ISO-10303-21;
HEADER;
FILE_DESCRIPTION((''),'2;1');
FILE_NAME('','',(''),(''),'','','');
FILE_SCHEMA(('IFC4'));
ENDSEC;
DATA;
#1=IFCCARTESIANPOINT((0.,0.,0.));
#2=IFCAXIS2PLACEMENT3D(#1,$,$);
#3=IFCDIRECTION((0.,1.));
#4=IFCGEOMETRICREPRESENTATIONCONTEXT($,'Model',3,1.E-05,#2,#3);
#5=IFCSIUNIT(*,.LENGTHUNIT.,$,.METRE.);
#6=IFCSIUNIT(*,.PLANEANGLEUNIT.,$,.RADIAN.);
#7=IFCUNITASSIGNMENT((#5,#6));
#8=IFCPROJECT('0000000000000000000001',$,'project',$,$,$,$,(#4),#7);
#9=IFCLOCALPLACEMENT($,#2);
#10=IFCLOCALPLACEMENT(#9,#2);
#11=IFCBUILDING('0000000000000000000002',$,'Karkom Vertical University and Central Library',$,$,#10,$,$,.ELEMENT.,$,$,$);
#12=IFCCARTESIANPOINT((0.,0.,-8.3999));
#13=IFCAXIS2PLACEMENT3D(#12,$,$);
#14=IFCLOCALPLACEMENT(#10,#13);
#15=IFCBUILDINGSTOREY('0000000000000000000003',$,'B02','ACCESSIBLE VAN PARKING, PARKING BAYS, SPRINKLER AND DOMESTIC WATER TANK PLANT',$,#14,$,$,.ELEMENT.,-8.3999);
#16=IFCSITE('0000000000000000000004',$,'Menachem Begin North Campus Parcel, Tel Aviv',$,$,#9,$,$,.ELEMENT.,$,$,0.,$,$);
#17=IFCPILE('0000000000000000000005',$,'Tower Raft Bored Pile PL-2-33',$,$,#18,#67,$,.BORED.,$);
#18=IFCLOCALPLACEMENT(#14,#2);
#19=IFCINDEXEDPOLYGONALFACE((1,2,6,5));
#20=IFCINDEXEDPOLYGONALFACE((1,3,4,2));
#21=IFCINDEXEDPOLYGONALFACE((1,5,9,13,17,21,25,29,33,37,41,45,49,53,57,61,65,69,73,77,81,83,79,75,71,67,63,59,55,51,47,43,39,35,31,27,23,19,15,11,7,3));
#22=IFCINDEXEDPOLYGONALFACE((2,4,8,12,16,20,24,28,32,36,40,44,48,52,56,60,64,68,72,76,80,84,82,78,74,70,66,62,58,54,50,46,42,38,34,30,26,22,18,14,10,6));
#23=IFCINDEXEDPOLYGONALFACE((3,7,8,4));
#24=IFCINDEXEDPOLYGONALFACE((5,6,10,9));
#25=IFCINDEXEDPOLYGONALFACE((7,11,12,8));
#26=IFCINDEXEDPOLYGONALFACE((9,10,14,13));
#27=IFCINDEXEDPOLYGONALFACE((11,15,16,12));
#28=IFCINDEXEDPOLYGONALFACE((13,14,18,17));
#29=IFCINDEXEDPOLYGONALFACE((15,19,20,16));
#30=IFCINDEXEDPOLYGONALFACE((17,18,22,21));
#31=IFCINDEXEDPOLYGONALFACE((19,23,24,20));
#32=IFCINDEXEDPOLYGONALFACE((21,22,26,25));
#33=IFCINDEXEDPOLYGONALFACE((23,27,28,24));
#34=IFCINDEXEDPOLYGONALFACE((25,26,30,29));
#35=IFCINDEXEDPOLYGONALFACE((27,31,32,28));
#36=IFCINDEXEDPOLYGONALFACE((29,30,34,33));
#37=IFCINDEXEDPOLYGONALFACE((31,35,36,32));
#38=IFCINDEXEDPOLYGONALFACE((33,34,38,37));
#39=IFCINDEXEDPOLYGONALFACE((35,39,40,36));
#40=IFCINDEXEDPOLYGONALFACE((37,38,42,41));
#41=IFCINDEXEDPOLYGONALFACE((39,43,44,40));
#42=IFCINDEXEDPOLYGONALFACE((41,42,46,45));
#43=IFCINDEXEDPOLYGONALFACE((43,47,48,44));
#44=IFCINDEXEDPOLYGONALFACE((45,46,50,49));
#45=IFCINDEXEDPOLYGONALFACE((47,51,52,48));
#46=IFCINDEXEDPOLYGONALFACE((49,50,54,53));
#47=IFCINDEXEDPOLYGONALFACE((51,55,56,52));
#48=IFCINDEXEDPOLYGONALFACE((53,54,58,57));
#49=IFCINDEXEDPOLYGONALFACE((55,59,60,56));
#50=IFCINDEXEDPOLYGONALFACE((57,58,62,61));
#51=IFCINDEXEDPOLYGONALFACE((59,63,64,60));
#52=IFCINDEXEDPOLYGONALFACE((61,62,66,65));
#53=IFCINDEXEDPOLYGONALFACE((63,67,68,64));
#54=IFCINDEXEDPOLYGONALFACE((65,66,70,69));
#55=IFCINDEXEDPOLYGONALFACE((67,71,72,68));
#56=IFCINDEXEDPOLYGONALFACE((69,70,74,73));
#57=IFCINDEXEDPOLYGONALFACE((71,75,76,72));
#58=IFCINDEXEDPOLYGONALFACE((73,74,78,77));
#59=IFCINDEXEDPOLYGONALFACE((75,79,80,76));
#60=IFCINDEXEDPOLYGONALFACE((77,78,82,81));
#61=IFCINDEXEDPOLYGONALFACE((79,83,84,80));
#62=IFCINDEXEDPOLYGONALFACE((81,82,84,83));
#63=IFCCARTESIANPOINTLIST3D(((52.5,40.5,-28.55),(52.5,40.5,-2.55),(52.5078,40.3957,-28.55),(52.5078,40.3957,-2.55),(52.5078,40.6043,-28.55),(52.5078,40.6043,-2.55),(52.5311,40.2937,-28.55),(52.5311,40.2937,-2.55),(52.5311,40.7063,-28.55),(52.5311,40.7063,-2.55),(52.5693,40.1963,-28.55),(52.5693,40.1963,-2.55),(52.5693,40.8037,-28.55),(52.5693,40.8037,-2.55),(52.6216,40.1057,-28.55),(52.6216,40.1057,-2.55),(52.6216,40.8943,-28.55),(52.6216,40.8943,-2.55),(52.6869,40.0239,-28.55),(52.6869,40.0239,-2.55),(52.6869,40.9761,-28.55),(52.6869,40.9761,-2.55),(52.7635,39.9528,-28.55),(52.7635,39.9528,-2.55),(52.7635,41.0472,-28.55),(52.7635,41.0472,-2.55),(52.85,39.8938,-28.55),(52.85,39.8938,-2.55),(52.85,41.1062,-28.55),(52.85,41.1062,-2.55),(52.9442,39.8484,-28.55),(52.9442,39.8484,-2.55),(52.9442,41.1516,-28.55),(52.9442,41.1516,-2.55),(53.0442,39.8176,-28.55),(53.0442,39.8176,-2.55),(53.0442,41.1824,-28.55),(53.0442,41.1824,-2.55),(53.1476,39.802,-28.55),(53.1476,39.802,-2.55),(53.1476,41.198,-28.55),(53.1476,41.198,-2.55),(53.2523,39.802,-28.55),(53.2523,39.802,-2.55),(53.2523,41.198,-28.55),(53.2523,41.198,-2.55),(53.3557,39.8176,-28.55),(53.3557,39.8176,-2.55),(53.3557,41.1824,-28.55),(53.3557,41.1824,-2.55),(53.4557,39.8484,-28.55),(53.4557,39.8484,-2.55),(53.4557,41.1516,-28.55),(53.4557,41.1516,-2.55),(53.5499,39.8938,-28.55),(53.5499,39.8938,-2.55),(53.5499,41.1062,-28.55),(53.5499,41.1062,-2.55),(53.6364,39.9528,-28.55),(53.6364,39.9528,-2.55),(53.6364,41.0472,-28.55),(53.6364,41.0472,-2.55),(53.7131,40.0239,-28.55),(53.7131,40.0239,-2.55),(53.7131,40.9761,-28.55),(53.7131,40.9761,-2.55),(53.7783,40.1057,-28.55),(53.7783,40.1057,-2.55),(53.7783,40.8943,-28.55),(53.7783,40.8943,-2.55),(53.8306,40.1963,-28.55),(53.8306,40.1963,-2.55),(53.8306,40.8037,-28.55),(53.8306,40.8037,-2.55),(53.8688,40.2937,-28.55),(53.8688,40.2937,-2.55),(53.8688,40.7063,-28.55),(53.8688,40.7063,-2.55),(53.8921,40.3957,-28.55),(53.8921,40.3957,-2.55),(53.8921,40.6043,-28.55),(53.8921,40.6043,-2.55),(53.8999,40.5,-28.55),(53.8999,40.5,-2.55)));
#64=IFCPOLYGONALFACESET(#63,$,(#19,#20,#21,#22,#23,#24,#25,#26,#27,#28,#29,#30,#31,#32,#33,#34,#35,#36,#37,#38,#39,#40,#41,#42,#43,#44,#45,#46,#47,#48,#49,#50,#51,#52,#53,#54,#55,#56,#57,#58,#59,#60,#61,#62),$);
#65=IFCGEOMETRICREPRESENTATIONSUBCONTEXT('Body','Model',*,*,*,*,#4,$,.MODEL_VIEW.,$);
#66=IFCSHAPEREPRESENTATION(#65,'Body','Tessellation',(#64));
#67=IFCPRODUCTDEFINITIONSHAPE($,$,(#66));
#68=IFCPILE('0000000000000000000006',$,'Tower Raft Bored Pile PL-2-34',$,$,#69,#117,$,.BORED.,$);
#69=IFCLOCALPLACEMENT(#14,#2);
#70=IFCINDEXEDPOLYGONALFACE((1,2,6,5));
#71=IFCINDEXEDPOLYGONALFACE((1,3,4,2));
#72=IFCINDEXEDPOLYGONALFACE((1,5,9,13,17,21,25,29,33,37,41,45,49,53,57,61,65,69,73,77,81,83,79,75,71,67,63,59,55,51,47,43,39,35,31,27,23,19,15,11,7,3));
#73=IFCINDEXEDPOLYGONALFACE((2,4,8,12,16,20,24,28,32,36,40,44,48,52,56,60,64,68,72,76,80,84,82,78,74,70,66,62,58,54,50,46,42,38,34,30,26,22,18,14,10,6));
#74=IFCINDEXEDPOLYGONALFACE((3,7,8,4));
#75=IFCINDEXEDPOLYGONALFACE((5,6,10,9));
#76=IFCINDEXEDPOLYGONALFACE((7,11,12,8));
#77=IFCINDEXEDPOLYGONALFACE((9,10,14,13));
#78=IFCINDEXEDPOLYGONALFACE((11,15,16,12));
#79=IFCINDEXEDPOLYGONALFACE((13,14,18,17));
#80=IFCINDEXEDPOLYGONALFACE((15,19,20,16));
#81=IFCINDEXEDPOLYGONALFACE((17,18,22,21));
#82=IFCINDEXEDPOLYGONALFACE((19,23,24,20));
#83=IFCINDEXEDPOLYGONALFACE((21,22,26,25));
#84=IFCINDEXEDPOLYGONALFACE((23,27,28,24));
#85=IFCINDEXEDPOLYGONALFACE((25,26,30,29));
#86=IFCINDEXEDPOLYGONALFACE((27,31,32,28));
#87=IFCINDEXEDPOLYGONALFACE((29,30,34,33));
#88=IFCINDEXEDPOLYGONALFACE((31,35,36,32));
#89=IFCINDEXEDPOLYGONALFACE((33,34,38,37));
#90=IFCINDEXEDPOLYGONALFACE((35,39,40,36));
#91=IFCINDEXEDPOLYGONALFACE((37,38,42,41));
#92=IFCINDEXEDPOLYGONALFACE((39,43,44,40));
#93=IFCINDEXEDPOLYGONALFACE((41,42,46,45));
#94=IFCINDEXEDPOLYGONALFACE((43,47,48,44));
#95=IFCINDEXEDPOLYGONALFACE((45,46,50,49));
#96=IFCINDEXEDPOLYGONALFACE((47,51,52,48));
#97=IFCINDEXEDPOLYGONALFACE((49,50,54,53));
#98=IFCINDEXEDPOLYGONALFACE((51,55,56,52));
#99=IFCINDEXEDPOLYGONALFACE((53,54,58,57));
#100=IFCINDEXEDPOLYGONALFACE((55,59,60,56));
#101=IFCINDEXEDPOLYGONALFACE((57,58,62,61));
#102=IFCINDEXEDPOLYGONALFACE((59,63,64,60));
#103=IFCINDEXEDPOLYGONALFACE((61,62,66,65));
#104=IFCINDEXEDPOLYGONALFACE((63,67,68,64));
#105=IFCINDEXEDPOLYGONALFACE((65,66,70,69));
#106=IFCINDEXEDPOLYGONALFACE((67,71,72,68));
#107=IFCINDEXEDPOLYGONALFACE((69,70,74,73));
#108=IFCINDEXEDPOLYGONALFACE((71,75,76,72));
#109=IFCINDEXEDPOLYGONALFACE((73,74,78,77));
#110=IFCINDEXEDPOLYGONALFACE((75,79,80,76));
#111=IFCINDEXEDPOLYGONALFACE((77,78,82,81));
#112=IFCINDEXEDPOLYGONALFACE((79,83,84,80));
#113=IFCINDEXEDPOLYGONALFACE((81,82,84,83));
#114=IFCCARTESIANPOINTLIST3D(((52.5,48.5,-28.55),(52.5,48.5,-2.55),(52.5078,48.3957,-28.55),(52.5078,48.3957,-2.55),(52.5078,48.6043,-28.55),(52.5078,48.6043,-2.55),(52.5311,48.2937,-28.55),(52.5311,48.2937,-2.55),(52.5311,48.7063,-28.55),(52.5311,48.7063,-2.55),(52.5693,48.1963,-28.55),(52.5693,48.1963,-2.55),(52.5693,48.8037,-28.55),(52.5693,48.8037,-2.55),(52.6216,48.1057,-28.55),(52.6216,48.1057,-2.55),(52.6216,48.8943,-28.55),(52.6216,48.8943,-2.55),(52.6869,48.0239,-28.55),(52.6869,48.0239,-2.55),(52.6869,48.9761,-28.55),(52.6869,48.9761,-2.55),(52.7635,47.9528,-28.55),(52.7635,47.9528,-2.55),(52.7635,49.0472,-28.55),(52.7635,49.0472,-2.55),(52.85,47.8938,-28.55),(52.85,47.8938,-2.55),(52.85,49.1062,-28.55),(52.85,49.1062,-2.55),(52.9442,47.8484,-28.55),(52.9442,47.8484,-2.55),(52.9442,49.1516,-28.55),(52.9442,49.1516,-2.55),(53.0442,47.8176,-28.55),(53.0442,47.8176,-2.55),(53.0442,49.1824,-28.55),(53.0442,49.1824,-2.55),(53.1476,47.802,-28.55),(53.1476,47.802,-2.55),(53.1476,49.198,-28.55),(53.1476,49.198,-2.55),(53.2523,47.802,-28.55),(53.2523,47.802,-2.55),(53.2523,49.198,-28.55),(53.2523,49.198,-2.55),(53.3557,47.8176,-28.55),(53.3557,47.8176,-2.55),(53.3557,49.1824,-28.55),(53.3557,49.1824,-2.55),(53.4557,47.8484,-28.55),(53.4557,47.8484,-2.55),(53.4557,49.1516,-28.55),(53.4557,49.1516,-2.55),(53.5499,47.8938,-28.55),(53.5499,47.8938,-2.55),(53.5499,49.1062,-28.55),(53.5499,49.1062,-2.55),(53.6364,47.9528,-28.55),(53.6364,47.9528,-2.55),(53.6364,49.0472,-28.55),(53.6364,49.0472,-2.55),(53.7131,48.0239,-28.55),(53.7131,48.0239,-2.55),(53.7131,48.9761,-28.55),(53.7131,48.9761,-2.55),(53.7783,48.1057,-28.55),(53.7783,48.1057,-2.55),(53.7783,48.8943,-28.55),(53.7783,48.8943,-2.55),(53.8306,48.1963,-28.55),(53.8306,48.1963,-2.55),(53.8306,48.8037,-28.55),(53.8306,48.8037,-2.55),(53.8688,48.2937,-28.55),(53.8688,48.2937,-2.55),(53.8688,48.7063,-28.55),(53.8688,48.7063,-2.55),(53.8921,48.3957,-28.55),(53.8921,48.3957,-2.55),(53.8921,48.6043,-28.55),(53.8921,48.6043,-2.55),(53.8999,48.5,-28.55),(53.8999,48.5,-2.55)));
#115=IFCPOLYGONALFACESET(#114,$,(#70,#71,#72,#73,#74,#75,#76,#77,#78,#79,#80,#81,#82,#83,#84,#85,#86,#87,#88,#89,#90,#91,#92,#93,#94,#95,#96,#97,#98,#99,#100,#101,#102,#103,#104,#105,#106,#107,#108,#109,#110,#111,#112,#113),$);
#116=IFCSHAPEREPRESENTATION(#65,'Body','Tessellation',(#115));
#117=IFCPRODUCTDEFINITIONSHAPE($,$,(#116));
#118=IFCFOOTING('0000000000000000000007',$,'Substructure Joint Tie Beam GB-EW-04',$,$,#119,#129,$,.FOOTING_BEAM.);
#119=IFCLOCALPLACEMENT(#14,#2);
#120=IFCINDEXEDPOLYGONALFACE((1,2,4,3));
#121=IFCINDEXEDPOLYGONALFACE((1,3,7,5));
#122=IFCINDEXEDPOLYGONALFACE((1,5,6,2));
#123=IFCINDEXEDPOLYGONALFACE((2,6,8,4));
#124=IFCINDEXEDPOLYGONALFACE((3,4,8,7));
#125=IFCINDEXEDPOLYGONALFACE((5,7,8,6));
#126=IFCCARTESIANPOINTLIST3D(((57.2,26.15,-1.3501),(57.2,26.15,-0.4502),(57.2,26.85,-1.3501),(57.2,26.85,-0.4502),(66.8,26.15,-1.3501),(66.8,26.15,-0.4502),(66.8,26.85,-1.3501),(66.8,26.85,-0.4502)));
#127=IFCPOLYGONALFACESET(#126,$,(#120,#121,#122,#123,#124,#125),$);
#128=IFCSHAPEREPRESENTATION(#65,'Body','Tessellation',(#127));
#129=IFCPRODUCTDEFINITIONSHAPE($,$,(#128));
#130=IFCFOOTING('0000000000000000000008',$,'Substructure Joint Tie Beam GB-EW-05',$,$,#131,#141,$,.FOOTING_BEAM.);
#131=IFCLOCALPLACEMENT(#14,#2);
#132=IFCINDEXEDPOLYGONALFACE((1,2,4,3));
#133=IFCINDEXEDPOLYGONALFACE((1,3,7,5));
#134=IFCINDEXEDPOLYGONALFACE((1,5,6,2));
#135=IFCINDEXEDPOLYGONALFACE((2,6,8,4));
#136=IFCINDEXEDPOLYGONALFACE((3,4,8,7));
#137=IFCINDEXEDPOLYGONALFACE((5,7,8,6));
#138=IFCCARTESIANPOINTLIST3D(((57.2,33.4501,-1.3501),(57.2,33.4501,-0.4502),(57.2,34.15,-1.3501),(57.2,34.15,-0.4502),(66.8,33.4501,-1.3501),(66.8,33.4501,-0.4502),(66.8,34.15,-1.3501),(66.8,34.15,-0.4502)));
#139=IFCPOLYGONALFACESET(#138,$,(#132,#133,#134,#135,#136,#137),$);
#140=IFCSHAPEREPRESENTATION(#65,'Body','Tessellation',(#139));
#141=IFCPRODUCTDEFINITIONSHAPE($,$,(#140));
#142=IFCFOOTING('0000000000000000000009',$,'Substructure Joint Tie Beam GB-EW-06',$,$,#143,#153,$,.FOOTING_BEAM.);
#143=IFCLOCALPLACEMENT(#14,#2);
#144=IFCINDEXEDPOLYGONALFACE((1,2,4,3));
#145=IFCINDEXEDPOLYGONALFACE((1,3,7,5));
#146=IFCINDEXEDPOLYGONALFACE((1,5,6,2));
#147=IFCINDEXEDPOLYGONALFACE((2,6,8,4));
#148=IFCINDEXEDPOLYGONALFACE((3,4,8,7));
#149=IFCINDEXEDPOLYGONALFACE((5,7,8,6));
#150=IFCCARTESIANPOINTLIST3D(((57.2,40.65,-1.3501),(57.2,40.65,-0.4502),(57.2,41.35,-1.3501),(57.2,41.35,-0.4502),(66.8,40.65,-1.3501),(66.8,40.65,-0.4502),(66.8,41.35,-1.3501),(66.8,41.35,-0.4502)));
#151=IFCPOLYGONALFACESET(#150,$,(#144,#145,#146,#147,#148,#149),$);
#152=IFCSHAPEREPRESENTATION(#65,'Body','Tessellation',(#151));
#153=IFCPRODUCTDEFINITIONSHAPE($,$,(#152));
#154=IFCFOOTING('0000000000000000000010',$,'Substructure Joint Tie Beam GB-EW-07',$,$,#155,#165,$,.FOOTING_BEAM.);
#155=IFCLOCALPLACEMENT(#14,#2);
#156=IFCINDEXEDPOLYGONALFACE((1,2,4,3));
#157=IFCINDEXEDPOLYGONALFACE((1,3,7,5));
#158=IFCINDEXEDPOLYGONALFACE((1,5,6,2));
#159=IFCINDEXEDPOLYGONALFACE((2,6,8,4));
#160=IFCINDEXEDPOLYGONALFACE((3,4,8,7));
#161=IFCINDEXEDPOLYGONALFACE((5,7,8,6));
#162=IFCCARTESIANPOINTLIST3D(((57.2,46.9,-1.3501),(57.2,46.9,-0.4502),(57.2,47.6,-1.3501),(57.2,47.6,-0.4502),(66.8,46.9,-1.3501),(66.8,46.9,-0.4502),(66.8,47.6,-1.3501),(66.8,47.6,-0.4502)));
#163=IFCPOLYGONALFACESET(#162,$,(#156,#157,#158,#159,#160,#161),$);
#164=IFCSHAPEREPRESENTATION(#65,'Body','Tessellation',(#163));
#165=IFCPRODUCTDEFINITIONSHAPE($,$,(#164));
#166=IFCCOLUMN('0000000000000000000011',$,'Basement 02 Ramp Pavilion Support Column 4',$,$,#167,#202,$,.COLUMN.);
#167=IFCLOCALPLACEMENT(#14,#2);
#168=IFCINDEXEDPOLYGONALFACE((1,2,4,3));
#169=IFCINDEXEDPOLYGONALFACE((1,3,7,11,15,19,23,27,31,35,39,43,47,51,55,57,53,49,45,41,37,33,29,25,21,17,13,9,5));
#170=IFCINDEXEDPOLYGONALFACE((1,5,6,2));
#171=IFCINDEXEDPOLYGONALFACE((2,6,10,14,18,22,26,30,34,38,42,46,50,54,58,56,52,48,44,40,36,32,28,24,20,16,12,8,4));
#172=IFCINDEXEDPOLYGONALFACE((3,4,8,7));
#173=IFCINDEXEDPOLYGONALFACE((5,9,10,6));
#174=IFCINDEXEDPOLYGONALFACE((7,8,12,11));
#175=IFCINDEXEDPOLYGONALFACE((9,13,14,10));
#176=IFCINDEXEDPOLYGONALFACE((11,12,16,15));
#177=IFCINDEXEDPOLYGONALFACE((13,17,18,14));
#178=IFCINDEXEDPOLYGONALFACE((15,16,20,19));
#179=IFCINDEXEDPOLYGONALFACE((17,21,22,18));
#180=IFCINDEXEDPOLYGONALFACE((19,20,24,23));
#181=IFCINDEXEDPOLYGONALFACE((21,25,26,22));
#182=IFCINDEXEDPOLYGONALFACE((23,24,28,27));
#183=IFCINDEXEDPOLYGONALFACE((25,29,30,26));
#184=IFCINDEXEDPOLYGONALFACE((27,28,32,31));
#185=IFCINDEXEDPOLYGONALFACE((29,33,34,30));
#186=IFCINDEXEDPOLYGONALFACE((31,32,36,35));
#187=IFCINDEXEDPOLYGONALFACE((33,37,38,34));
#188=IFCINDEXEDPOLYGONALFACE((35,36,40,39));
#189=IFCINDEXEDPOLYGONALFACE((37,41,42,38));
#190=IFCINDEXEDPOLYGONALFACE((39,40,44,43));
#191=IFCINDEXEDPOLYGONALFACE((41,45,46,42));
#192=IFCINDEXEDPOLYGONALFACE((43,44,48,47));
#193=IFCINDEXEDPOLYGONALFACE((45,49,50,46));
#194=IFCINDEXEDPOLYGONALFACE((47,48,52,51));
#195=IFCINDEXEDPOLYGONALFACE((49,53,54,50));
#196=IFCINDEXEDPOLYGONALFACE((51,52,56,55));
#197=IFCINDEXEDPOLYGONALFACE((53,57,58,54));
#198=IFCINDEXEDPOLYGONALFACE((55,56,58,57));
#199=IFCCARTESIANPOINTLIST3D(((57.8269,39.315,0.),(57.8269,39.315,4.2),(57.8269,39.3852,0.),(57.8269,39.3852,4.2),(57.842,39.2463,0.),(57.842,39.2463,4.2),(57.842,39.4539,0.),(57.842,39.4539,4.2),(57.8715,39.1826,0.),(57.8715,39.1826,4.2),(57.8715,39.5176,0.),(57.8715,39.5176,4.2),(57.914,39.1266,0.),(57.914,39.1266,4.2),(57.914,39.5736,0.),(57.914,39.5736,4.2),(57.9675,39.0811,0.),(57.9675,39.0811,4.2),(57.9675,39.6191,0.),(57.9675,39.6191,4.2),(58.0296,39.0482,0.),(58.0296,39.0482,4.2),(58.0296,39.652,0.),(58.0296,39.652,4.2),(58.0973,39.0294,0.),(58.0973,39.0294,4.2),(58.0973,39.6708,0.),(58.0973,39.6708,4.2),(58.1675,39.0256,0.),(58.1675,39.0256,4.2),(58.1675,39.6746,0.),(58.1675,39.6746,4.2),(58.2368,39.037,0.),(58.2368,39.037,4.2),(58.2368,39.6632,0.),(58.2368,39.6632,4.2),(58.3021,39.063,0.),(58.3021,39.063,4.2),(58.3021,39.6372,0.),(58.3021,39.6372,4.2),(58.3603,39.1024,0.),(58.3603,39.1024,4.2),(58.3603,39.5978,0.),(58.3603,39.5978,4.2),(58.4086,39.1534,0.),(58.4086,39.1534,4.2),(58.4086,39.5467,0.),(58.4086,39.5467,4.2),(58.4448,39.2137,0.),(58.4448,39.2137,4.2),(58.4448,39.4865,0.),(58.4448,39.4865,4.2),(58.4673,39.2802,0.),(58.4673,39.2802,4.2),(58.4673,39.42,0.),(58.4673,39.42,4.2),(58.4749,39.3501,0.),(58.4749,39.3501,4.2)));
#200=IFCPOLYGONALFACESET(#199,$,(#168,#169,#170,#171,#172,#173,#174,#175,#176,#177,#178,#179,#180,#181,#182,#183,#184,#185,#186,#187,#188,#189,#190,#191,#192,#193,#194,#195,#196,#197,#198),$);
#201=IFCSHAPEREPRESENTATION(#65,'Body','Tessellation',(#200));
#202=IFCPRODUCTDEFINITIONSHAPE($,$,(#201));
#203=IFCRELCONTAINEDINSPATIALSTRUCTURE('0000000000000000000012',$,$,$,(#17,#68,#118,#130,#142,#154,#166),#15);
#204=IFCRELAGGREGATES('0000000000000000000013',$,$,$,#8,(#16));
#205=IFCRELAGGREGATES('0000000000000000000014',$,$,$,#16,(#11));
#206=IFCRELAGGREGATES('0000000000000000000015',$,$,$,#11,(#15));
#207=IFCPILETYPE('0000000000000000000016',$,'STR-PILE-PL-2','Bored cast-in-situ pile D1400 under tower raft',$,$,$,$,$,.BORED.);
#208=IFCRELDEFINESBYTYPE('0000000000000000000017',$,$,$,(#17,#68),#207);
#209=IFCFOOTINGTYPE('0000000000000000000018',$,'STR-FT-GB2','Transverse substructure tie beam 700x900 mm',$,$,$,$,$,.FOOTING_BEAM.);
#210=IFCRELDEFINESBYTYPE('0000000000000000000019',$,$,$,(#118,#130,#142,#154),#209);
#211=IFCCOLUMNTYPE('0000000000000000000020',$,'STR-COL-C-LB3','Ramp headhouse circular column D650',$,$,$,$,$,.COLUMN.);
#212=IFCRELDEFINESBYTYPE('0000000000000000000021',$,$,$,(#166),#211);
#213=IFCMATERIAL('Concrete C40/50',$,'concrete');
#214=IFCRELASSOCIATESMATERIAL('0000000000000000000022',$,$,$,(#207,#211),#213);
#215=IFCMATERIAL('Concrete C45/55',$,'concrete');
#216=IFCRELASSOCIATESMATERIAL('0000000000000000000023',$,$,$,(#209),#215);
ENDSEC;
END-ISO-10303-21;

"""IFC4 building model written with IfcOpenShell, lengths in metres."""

from ifc_helpers import new_model, si_unit, direction, frame, origin, origin_with_axes, origin_2d, place, context, subcontext, project, spatial, rectangle, circle, extrude, source, transform, mapped, material, material_profile, profile_set, type_object, element, save


model = new_model("IFC4")

# Units and contexts
model_context = context("Model", 3, precision=1e-05, world=origin(), true_north=direction((0.0, 1.0)))
body_context = subcontext(model_context, "Body", "Model", "MODEL_VIEW")
ifc_project = project(units=[si_unit("LENGTHUNIT", "METRE"), si_unit("PLANEANGLEUNIT", "RADIAN")], contexts=[model_context])

# Site, building, storey
site_placement = place(None, origin())
site = spatial("IfcSite", under=ifc_project, at=site_placement, Name="Menachem Begin North Campus Parcel, Tel Aviv", CompositionType="ELEMENT", RefElevation=0.0)
building_placement = place(site_placement, origin())
building = spatial("IfcBuilding", under=site, at=building_placement, Name="Karkom Vertical University and Central Library", CompositionType="ELEMENT")
storey_placement = place(building_placement, frame((0.0, 0.0, -8.3999)))
storey = spatial("IfcBuildingStorey", under=building, at=storey_placement, Name="B02", Description="ACCESSIBLE VAN PARKING, PARKING BAYS, SPRINKLER AND DOMESTIC WATER TANK PLANT", CompositionType="ELEMENT", Elevation=-8.3999)

# Piles
ifc_material_1 = material(Name="Concrete C40/50", Category="concrete")
ifc_material_profile_1 = material_profile(ifc_material_1, circle(Radius=0.7, at=origin_2d()), Name="PILE-D1400")
ifc_profile_set_1 = profile_set([ifc_material_profile_1], Name="Concrete C40/50")
pile_type = type_object("IfcPileType", Name="STR-PILE-PL-2", Description="Bored cast-in-situ pile D1400 under tower raft", PredefinedType="BORED", material=ifc_profile_set_1)
shared_shape_1 = source(origin_with_axes(), body_context, "Body", "SweptSolid", [
    extrude(circle(Radius=0.7, at=origin_2d()), origin(), (0.0, 0.0, 1.0), 26.0),
])
for number, where, z_axis, x_axis, name in (
    (1, (53.2, 40.5, -2.55), (0.0, 0.0, -1.0), (1.0, 0.0, 0.0), "Tower Raft Bored Pile PL-2-33"),
    (2, (53.2, 48.5, -2.55), (0.0, 0.0, -1.0), (1.0, 0.0, 0.0), "Tower Raft Bored Pile PL-2-34"),
):
    element("IfcPile", number, at=place(storey_placement, frame(where, z_axis=z_axis, x_axis=x_axis)), inside=storey, type_object=pile_type, Name=name, PredefinedType="BORED", context=body_context, shape_type="MappedRepresentation", body=[
        mapped(shared_shape_1, transform((0.0, 0.0, 0.0), scale=1.0)),
    ])

# Footings
ifc_material_2 = material(Name="Concrete C45/55", Category="concrete")
ifc_material_profile_2 = material_profile(ifc_material_2, rectangle(XDim=0.7, YDim=0.8999, at=origin_2d()), Name="GB-700x900")
ifc_profile_set_2 = profile_set([ifc_material_profile_2], Name="Concrete C45/55")
footing_type = type_object("IfcFootingType", Name="STR-FT-GB2", Description="Transverse substructure tie beam 700x900 mm", PredefinedType="FOOTING_BEAM", material=ifc_profile_set_2)
shared_shape_2 = source(origin_with_axes(), body_context, "Body", "SweptSolid", [
    extrude(rectangle(XDim=0.7, YDim=0.8999, at=origin_2d()), origin(), (0.0, 0.0, 1.0), 9.6001),
])
for number, where, z_axis, x_axis, name in (
    (3, (57.2, 26.5, -0.9001), (1.0, 0.0, 0.0), (0.0, 1.0, 0.0), "Substructure Joint Tie Beam GB-EW-04"),
    (4, (57.2, 33.8, -0.9001), (1.0, 0.0, 0.0), (0.0, 1.0, 0.0), "Substructure Joint Tie Beam GB-EW-05"),
    (5, (57.2, 41.0, -0.9001), (1.0, 0.0, 0.0), (0.0, 1.0, 0.0), "Substructure Joint Tie Beam GB-EW-06"),
    (6, (57.2, 47.25, -0.9001), (1.0, 0.0, 0.0), (0.0, 1.0, 0.0), "Substructure Joint Tie Beam GB-EW-07"),
):
    element("IfcFooting", number, at=place(storey_placement, frame(where, z_axis=z_axis, x_axis=x_axis)), inside=storey, type_object=footing_type, Name=name, PredefinedType="FOOTING_BEAM", context=body_context, shape_type="MappedRepresentation", body=[
        mapped(shared_shape_2, transform((0.0, 0.0, 0.0), scale=1.0)),
    ])

# Column
ifc_material_profile_3 = material_profile(ifc_material_1, circle(Radius=0.325, at=origin_2d()), Name="RC-D650")
ifc_profile_set_3 = profile_set([ifc_material_profile_3], Name="Concrete C40/50")
column_type_1 = type_object("IfcColumnType", Name="STR-COL-C-LB3", Description="Ramp headhouse circular column D650", PredefinedType="COLUMN", material=ifc_profile_set_3)
shared_shape_3 = source(origin_with_axes(), body_context, "Body", "SweptSolid", [
    extrude(circle(Radius=0.325, at=origin_2d()), origin(), (0.0, 0.0, 1.0), 4.2),
])
column_1_placement = place(storey_placement, frame((58.1499, 39.3501, 0.0), z_axis=(0.0, 0.0, 1.0), x_axis=(1.0, 0.0, 0.0)))
element("IfcColumn", 7, at=column_1_placement, inside=storey, type_object=column_type_1, Name="Basement 02 Ramp Pavilion Support Column 4", PredefinedType="COLUMN", context=body_context, shape_type="MappedRepresentation", body=[
    mapped(shared_shape_3, transform((0.0, 0.0, 0.0), scale=1.0)),
])

save(model, "model.ifc")
